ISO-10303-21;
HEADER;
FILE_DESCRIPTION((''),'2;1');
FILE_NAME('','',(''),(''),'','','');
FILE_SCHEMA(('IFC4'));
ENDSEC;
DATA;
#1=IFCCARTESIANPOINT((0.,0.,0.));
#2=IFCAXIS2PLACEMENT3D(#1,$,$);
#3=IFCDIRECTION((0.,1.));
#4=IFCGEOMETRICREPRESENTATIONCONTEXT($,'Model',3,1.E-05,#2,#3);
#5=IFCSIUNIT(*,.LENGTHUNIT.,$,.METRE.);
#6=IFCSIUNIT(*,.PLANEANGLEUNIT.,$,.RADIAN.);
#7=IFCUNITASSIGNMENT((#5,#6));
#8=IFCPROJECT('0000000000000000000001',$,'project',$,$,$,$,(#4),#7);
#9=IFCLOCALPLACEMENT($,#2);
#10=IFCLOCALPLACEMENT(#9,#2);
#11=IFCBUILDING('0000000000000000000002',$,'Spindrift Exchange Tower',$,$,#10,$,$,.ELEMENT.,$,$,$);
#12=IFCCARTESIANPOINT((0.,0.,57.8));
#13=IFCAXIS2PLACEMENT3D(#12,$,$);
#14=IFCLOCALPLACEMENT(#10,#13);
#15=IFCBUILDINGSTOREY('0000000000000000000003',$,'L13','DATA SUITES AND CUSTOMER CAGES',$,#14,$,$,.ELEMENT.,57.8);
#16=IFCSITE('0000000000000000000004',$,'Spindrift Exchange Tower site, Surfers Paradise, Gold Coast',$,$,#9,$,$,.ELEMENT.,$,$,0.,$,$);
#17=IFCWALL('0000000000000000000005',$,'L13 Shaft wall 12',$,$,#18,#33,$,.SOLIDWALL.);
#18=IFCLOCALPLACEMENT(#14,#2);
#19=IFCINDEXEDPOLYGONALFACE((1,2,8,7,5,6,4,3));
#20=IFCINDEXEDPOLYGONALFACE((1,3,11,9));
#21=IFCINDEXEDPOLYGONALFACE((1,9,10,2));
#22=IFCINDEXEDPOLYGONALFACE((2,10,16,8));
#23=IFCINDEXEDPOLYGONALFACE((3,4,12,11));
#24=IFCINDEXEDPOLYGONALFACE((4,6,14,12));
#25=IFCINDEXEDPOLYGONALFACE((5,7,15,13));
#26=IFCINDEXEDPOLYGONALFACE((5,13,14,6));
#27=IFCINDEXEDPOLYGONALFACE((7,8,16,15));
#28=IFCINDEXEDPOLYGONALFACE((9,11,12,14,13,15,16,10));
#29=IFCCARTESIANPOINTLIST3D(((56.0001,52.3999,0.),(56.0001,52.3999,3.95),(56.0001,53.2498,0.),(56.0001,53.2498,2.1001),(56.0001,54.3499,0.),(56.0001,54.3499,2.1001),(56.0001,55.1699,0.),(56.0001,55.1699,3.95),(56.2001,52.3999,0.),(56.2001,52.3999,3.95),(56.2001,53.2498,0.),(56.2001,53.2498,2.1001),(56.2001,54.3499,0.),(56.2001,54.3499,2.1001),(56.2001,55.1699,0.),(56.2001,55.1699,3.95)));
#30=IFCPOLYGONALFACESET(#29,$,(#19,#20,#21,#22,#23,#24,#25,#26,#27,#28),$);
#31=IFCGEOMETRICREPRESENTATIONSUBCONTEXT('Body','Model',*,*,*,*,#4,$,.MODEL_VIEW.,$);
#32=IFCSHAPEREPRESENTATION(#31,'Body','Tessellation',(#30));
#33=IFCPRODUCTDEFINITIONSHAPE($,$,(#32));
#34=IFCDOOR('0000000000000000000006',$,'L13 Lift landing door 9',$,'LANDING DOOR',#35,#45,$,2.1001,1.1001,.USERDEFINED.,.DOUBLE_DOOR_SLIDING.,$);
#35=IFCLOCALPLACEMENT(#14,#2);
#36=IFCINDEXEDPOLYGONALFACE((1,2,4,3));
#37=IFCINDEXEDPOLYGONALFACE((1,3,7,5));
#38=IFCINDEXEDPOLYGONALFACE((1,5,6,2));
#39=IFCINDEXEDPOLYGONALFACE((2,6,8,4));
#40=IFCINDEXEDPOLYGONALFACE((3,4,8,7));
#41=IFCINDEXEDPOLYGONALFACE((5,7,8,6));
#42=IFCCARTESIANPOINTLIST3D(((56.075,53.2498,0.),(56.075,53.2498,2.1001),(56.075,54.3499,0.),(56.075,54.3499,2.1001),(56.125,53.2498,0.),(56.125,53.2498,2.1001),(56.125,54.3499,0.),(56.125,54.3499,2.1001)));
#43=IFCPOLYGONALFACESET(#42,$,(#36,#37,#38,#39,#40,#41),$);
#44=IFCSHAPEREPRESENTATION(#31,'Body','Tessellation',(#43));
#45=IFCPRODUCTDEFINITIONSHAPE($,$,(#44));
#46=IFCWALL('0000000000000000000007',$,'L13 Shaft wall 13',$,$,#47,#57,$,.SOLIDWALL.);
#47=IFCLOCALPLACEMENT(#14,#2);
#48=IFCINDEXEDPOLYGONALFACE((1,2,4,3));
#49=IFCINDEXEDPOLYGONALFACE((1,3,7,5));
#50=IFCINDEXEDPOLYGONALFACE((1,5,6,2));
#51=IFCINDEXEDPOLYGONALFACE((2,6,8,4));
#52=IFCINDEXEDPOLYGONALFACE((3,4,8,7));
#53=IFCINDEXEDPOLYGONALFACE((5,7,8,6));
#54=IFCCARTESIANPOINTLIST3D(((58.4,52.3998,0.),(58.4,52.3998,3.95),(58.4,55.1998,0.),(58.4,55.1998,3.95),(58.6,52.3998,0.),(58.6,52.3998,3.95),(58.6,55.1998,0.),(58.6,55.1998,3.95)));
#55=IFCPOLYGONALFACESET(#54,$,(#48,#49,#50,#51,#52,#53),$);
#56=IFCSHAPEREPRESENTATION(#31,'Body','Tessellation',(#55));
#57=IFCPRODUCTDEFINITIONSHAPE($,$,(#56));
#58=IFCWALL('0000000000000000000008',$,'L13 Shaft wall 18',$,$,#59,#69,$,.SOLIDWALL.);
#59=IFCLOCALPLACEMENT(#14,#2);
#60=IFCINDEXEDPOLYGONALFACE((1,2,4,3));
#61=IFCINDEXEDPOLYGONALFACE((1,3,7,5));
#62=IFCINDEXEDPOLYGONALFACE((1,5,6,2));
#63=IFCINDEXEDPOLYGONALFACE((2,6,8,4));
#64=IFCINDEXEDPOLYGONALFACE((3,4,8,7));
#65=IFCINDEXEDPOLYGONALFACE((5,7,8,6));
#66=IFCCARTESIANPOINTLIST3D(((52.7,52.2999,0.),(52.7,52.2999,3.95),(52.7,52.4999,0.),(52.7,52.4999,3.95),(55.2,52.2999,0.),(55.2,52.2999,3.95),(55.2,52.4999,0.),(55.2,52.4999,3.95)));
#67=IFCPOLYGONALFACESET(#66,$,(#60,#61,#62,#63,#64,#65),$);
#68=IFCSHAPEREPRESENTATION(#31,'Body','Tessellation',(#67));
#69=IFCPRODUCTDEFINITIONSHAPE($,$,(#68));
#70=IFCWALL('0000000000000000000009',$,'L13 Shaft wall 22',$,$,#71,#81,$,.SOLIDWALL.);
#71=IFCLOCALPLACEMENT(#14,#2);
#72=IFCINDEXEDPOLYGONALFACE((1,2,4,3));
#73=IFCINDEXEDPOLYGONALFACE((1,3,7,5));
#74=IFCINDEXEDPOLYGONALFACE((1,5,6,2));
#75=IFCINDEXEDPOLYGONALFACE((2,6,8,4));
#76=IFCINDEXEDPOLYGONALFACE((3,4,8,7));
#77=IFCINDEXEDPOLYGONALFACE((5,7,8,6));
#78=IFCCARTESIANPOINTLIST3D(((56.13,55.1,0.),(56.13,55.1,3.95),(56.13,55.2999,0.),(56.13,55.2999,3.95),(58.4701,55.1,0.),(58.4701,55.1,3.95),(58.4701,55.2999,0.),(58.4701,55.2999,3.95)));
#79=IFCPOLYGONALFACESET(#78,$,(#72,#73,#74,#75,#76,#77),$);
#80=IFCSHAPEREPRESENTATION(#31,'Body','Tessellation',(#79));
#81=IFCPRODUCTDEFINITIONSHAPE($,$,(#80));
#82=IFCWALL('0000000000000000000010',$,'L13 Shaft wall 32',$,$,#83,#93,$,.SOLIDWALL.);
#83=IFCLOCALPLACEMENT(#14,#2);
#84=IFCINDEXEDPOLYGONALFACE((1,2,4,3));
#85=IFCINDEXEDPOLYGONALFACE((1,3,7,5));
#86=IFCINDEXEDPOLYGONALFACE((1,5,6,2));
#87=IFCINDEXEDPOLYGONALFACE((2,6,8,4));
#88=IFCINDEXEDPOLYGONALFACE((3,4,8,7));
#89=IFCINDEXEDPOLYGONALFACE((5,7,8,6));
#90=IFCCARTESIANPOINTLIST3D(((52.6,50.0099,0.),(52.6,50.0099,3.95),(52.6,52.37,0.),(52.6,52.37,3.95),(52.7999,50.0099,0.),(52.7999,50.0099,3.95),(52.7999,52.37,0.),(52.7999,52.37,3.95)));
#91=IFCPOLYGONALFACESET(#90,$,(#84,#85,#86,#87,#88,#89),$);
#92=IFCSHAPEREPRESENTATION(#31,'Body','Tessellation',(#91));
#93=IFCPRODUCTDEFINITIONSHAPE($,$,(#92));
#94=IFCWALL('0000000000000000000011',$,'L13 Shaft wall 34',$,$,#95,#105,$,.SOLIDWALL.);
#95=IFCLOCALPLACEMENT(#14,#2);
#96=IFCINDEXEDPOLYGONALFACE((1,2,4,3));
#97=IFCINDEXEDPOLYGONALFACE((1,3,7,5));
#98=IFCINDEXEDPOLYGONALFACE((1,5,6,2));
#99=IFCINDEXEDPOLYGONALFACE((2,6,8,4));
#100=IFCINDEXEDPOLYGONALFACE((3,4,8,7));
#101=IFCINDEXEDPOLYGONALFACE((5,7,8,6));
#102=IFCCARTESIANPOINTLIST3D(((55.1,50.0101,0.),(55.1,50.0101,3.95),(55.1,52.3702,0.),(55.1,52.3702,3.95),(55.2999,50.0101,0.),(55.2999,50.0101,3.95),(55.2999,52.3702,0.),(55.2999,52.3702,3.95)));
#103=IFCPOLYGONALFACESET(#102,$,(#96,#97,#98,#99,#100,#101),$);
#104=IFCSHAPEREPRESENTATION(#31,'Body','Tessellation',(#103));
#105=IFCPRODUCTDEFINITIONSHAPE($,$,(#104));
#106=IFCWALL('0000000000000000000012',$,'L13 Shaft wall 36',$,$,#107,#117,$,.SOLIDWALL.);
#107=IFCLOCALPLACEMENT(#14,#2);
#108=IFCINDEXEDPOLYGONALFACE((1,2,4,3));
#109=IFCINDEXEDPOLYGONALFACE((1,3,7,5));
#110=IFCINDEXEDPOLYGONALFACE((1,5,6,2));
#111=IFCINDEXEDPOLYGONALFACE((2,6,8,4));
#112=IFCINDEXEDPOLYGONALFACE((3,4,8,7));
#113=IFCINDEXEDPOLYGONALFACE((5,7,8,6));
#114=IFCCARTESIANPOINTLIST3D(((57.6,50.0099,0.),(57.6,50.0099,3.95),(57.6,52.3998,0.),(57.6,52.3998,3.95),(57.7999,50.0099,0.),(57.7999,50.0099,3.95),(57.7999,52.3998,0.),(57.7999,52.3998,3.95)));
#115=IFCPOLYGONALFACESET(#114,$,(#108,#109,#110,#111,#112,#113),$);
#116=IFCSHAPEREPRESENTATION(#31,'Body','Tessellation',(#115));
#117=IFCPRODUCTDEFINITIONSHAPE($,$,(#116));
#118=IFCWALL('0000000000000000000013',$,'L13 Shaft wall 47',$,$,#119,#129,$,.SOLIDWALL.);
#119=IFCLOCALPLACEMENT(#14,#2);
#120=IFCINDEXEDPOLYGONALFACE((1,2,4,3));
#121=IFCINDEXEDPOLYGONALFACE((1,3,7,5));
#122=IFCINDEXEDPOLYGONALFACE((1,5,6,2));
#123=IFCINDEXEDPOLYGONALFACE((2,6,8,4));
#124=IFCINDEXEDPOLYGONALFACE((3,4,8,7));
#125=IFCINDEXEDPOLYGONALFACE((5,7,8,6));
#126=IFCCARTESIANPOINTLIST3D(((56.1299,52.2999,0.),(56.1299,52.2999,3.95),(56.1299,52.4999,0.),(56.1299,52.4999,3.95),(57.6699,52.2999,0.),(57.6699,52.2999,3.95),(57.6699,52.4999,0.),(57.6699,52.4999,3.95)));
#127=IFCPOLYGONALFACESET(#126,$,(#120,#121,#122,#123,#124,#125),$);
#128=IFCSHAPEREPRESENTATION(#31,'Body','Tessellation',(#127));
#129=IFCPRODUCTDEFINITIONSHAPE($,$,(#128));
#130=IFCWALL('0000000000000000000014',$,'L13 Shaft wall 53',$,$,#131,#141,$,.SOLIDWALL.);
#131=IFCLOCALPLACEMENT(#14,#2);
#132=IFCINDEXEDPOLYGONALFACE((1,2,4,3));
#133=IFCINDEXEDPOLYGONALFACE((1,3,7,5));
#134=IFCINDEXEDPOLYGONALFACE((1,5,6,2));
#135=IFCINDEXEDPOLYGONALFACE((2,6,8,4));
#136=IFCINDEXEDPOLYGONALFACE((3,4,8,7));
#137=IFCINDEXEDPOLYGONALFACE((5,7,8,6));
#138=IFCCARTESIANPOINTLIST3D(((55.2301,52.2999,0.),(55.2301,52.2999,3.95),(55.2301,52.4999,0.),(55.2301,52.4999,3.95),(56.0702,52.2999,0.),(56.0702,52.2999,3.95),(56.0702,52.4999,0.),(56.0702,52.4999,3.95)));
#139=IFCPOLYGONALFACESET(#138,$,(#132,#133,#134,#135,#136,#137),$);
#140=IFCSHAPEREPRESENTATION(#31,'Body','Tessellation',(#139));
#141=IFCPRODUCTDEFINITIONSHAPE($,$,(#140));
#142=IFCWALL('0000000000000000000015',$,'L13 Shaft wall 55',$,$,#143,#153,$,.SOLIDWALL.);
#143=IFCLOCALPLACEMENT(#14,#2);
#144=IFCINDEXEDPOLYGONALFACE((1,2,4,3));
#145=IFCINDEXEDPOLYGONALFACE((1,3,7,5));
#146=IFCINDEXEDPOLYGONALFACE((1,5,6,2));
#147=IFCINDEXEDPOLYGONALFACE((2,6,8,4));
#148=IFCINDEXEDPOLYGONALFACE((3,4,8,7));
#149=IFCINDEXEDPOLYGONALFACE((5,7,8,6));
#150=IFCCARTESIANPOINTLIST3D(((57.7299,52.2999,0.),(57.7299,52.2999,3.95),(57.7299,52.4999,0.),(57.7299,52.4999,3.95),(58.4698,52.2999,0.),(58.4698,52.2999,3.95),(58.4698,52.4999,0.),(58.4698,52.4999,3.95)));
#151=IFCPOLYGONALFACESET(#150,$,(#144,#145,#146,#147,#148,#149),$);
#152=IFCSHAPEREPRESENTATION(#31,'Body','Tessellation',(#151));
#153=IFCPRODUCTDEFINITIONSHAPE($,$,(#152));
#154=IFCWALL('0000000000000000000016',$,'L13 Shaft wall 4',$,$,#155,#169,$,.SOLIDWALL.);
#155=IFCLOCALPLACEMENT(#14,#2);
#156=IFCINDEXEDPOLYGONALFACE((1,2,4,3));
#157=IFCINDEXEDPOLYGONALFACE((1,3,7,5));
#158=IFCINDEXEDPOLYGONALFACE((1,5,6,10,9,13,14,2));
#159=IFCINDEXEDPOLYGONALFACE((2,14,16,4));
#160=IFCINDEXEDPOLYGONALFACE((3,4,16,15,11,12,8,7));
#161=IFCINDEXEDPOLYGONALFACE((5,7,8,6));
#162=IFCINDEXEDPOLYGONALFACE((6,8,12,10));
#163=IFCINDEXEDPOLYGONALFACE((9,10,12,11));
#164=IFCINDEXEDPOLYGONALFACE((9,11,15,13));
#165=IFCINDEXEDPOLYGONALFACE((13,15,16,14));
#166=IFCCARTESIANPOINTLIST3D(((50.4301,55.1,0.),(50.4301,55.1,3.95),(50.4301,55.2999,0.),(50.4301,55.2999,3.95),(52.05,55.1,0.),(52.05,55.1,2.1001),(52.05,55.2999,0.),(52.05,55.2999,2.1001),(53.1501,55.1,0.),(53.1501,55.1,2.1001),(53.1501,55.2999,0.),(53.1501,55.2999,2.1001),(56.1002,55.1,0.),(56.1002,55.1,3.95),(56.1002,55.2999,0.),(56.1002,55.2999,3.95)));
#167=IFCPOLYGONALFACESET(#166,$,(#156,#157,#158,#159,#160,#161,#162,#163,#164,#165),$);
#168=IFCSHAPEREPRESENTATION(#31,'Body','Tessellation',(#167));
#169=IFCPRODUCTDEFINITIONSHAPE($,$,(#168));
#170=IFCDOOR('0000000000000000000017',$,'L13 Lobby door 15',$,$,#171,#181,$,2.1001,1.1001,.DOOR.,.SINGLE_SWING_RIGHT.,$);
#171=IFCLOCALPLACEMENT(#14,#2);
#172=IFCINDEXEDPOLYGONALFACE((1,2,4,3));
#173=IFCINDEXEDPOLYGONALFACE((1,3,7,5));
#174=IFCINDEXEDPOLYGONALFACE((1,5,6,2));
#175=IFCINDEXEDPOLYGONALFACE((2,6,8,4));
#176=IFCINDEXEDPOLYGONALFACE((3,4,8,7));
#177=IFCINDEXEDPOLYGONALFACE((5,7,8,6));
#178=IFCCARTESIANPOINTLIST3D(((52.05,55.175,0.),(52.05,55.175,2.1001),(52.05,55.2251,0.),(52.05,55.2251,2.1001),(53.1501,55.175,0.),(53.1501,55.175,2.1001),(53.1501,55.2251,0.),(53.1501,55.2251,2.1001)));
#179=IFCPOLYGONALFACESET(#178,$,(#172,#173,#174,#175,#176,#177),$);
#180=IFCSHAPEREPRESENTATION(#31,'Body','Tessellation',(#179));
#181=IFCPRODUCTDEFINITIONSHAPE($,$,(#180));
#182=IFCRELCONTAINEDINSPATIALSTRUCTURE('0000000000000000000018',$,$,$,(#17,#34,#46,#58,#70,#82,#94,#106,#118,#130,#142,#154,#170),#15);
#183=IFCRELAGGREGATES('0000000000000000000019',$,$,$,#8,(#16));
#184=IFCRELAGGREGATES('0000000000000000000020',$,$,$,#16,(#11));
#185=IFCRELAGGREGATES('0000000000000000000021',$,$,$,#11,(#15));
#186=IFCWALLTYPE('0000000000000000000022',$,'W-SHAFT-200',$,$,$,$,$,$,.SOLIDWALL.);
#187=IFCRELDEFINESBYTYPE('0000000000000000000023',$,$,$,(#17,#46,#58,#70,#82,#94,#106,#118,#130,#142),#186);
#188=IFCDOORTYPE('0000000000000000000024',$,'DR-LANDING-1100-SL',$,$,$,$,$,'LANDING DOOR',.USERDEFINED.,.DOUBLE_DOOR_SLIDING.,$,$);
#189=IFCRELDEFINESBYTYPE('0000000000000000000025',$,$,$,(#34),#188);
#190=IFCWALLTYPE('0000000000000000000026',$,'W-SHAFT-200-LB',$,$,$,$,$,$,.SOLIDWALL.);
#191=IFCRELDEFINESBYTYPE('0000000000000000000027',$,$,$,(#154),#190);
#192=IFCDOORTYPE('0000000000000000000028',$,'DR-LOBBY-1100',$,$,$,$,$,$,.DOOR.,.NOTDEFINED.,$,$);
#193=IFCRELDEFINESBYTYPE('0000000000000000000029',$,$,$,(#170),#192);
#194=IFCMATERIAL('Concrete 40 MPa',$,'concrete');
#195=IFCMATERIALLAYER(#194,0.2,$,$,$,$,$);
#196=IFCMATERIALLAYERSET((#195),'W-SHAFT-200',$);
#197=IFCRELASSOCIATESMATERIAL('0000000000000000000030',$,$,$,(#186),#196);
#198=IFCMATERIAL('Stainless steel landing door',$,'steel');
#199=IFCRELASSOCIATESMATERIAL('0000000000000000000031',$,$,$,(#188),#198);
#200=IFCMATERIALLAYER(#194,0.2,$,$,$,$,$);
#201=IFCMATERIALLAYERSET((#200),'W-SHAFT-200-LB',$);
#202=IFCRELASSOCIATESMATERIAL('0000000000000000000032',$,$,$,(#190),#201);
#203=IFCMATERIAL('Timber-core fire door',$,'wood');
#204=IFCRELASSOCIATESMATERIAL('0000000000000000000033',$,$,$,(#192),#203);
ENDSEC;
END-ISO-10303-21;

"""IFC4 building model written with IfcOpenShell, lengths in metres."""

from ifc_helpers import new_model, si_unit, direction, frame, frame_2d, origin, place, context, subcontext, project, spatial, rectangle, extrude, source, transform, mapped, material, layer, layer_set, type_object, element, fill, save


model = new_model("IFC4")

# Units and contexts
model_context = context("Model", 3, precision=1e-05, world=origin(), true_north=direction((0.0, 1.0)))
body_context = subcontext(model_context, "Body", "Model", "MODEL_VIEW")
ifc_project = project(units=[si_unit("LENGTHUNIT", "METRE"), si_unit("PLANEANGLEUNIT", "RADIAN")], contexts=[model_context])

# Site, building, storey
site_placement = place(None, origin())
site = spatial("IfcSite", under=ifc_project, at=site_placement, Name="Spindrift Exchange Tower site, Surfers Paradise, Gold Coast", CompositionType="ELEMENT", RefElevation=0.0)
building_placement = place(site_placement, origin())
building = spatial("IfcBuilding", under=site, at=building_placement, Name="Spindrift Exchange Tower", CompositionType="ELEMENT")
storey_placement = place(building_placement, frame((0.0, 0.0, 57.8)))
storey = spatial("IfcBuildingStorey", under=building, at=storey_placement, Name="L13", Description="DATA SUITES AND CUSTOMER CAGES", CompositionType="ELEMENT", Elevation=57.8)

# Wall, opening, door
ifc_material_1 = material(Name="Concrete 40 MPa", Category="concrete")
ifc_layer_1 = layer(ifc_material_1, 0.2)
ifc_layer_set_1 = layer_set([ifc_layer_1], Name="W-SHAFT-200")
wall_type_1 = type_object("IfcWallType", Name="W-SHAFT-200", PredefinedType="SOLIDWALL", material=ifc_layer_set_1)
wall_1_placement = place(storey_placement, frame((56.1001, 55.1699, 0.0), z_axis=(0.0, 0.0, 1.0), x_axis=(0.0, -1.0, 0.0)))
wall_1 = element("IfcWall", 1, at=wall_1_placement, inside=storey, type_object=wall_type_1, Name="L13 Shaft wall 12", PredefinedType="SOLIDWALL", context=body_context, shape_type="SweptSolid", body=[
    extrude(rectangle(XDim=2.77, YDim=0.2, at=frame_2d((1.385, 0.0))), origin(), (0.0, 0.0, 1.0), 3.95),
])
opening_1_placement = place(wall_1_placement, frame((0.8201, 0.0, 0.0)))
opening_1 = element("IfcOpeningElement", 2, at=opening_1_placement, cuts=wall_1, PredefinedType="OPENING", context=body_context, shape_type="SweptSolid", body=[
    extrude(rectangle(XDim=1.1001, YDim=2.1001, at=frame_2d((0.55, 1.05))), frame((0.0, 0.1099, 0.0), z_axis=(0.0, -1.0, 0.0), x_axis=(1.0, 0.0, 0.0)), (0.0, 0.0, 1.0), 0.22),
])
ifc_material_2 = material(Name="Stainless steel landing door", Category="steel")
door_type_1 = type_object("IfcDoorType", Name="DR-LANDING-1100-SL", ElementType="LANDING DOOR", OperationType="DOUBLE_DOOR_SLIDING", PredefinedType="USERDEFINED", material=ifc_material_2)
shared_shape_1 = source(origin(), body_context, "Body", "SweptSolid", [
    extrude(rectangle(XDim=1.1001, YDim=2.1001, at=frame_2d((0.55, 1.05))), frame((0.0, 0.0249, 0.0), z_axis=(0.0, -1.0, 0.0), x_axis=(1.0, 0.0, 0.0)), (0.0, 0.0, 1.0), 0.05),
])
door_1_placement = place(opening_1_placement, origin())
door_1 = element("IfcDoor", 3, at=door_1_placement, inside=storey, type_object=door_type_1, Name="L13 Lift landing door 9", ObjectType="LANDING DOOR", OperationType="DOUBLE_DOOR_SLIDING", OverallHeight=2.1001, OverallWidth=1.1001, PredefinedType="USERDEFINED", context=body_context, shape_type="MappedRepresentation", body=[
    mapped(shared_shape_1, transform((0.0, 0.0, 0.0), scale=1.0)),
])
fill(opening_1, door_1)

# Walls
wall_2_placement = place(storey_placement, frame((58.5, 52.3999, 0.0), z_axis=(0.0, 0.0, 1.0), x_axis=(0.0, 1.0, 0.0)))
element("IfcWall", 4, at=wall_2_placement, inside=storey, type_object=wall_type_1, Name="L13 Shaft wall 13", PredefinedType="SOLIDWALL", context=body_context, shape_type="SweptSolid", body=[
    extrude(rectangle(XDim=2.8, YDim=0.2, at=frame_2d((1.3999, 0.0))), origin(), (0.0, 0.0, 1.0), 3.95),
])
wall_3_placement = place(storey_placement, frame((55.2, 52.3999, 0.0), z_axis=(0.0, 0.0, 1.0), x_axis=(-1.0, 0.0, 0.0)))
element("IfcWall", 5, at=wall_3_placement, inside=storey, type_object=wall_type_1, Name="L13 Shaft wall 18", PredefinedType="SOLIDWALL", context=body_context, shape_type="SweptSolid", body=[
    extrude(rectangle(XDim=2.5, YDim=0.2, at=frame_2d((1.25, 0.0))), origin(), (0.0, 0.0, 1.0), 3.95),
])
wall_4_placement = place(storey_placement, frame((58.47, 55.2, 0.0), z_axis=(0.0, 0.0, 1.0), x_axis=(-1.0, 0.0, 0.0)))
element("IfcWall", 6, at=wall_4_placement, inside=storey, type_object=wall_type_1, Name="L13 Shaft wall 22", PredefinedType="SOLIDWALL", context=body_context, shape_type="SweptSolid", body=[
    extrude(rectangle(XDim=2.3401, YDim=0.2, at=frame_2d((1.1699, 0.0))), origin(), (0.0, 0.0, 1.0), 3.95),
])
for number, where, z_axis, x_axis, name in (
    (7, (52.7, 52.3701, 0.0), (0.0, 0.0, 1.0), (0.0, -1.0, 0.0), "L13 Shaft wall 32"),
    (8, (55.2, 50.01, 0.0), (0.0, 0.0, 1.0), (0.0, 1.0, 0.0), "L13 Shaft wall 34"),
):
    element("IfcWall", number, at=place(storey_placement, frame(where, z_axis=z_axis, x_axis=x_axis)), inside=storey, type_object=wall_type_1, Name=name, PredefinedType="SOLIDWALL", context=body_context, shape_type="SweptSolid", body=[
        extrude(rectangle(XDim=2.3601, YDim=0.2, at=frame_2d((1.1802, 0.0))), origin(), (0.0, 0.0, 1.0), 3.95),
    ])
wall_5_placement = place(storey_placement, frame((57.7, 50.01, 0.0), z_axis=(0.0, 0.0, 1.0), x_axis=(0.0, 1.0, 0.0)))
element("IfcWall", 9, at=wall_5_placement, inside=storey, type_object=wall_type_1, Name="L13 Shaft wall 36", PredefinedType="SOLIDWALL", context=body_context, shape_type="SweptSolid", body=[
    extrude(rectangle(XDim=2.3899, YDim=0.2, at=frame_2d((1.1948, 0.0))), origin(), (0.0, 0.0, 1.0), 3.95),
])
wall_6_placement = place(storey_placement, frame((57.6699, 52.3999, 0.0), z_axis=(0.0, 0.0, 1.0), x_axis=(-1.0, 0.0, 0.0)))
element("IfcWall", 10, at=wall_6_placement, inside=storey, type_object=wall_type_1, Name="L13 Shaft wall 47", PredefinedType="SOLIDWALL", context=body_context, shape_type="SweptSolid", body=[
    extrude(rectangle(XDim=1.54, YDim=0.2, at=frame_2d((0.77, 0.0))), origin(), (0.0, 0.0, 1.0), 3.95),
])
wall_7_placement = place(storey_placement, frame((56.0701, 52.3999, 0.0), z_axis=(0.0, 0.0, 1.0), x_axis=(-1.0, 0.0, 0.0)))
element("IfcWall", 11, at=wall_7_placement, inside=storey, type_object=wall_type_1, Name="L13 Shaft wall 53", PredefinedType="SOLIDWALL", context=body_context, shape_type="SweptSolid", body=[
    extrude(rectangle(XDim=0.8401, YDim=0.2, at=frame_2d((0.4199, 0.0))), origin(), (0.0, 0.0, 1.0), 3.95),
])
wall_8_placement = place(storey_placement, frame((58.47, 52.3999, 0.0), z_axis=(0.0, 0.0, 1.0), x_axis=(-1.0, 0.0, 0.0)))
element("IfcWall", 12, at=wall_8_placement, inside=storey, type_object=wall_type_1, Name="L13 Shaft wall 55", PredefinedType="SOLIDWALL", context=body_context, shape_type="SweptSolid", body=[
    extrude(rectangle(XDim=0.74, YDim=0.2, at=frame_2d((0.3701, 0.0))), origin(), (0.0, 0.0, 1.0), 3.95),
])

# Wall, opening, door
ifc_layer_2 = layer(ifc_material_1, 0.2)
ifc_layer_set_2 = layer_set([ifc_layer_2], Name="W-SHAFT-200-LB")
wall_type_2 = type_object("IfcWallType", Name="W-SHAFT-200-LB", PredefinedType="SOLIDWALL", material=ifc_layer_set_2)
wall_9_placement = place(storey_placement, frame((56.1001, 55.2, 0.0), z_axis=(0.0, 0.0, 1.0), x_axis=(-1.0, 0.0, 0.0)))
wall_9 = element("IfcWall", 13, at=wall_9_placement, inside=storey, type_object=wall_type_2, Name="L13 Shaft wall 4", PredefinedType="SOLIDWALL", context=body_context, shape_type="SweptSolid", body=[
    extrude(rectangle(XDim=5.6702, YDim=0.2, at=frame_2d((2.835, 0.0))), origin(), (0.0, 0.0, 1.0), 3.95),
])
opening_2_placement = place(wall_9_placement, frame((2.95, 0.0, 0.0)))
opening_2 = element("IfcOpeningElement", 14, at=opening_2_placement, cuts=wall_9, PredefinedType="OPENING", context=body_context, shape_type="SweptSolid", body=[
    extrude(rectangle(XDim=1.1001, YDim=2.1001, at=frame_2d((0.55, 1.05))), frame((0.0, 0.1099, 0.0), z_axis=(0.0, -1.0, 0.0), x_axis=(1.0, 0.0, 0.0)), (0.0, 0.0, 1.0), 0.22),
])
ifc_material_3 = material(Name="Timber-core fire door", Category="wood")
door_type_2 = type_object("IfcDoorType", Name="DR-LOBBY-1100", OperationType="NOTDEFINED", PredefinedType="DOOR", material=ifc_material_3)
shared_shape_2 = source(origin(), body_context, "Body", "SweptSolid", [
    extrude(rectangle(XDim=1.1001, YDim=2.1001, at=frame_2d((0.55, 1.05))), frame((0.0, 0.0249, 0.0), z_axis=(0.0, -1.0, 0.0), x_axis=(1.0, 0.0, 0.0)), (0.0, 0.0, 1.0), 0.05),
])
door_2_placement = place(opening_2_placement, origin())
door_2 = element("IfcDoor", 15, at=door_2_placement, inside=storey, type_object=door_type_2, Name="L13 Lobby door 15", OperationType="SINGLE_SWING_RIGHT", OverallHeight=2.1001, OverallWidth=1.1001, PredefinedType="DOOR", context=body_context, shape_type="MappedRepresentation", body=[
    mapped(shared_shape_2, transform((0.0, 0.0, 0.0), scale=1.0)),
])
fill(opening_2, door_2)

save(model, "model.ifc")
